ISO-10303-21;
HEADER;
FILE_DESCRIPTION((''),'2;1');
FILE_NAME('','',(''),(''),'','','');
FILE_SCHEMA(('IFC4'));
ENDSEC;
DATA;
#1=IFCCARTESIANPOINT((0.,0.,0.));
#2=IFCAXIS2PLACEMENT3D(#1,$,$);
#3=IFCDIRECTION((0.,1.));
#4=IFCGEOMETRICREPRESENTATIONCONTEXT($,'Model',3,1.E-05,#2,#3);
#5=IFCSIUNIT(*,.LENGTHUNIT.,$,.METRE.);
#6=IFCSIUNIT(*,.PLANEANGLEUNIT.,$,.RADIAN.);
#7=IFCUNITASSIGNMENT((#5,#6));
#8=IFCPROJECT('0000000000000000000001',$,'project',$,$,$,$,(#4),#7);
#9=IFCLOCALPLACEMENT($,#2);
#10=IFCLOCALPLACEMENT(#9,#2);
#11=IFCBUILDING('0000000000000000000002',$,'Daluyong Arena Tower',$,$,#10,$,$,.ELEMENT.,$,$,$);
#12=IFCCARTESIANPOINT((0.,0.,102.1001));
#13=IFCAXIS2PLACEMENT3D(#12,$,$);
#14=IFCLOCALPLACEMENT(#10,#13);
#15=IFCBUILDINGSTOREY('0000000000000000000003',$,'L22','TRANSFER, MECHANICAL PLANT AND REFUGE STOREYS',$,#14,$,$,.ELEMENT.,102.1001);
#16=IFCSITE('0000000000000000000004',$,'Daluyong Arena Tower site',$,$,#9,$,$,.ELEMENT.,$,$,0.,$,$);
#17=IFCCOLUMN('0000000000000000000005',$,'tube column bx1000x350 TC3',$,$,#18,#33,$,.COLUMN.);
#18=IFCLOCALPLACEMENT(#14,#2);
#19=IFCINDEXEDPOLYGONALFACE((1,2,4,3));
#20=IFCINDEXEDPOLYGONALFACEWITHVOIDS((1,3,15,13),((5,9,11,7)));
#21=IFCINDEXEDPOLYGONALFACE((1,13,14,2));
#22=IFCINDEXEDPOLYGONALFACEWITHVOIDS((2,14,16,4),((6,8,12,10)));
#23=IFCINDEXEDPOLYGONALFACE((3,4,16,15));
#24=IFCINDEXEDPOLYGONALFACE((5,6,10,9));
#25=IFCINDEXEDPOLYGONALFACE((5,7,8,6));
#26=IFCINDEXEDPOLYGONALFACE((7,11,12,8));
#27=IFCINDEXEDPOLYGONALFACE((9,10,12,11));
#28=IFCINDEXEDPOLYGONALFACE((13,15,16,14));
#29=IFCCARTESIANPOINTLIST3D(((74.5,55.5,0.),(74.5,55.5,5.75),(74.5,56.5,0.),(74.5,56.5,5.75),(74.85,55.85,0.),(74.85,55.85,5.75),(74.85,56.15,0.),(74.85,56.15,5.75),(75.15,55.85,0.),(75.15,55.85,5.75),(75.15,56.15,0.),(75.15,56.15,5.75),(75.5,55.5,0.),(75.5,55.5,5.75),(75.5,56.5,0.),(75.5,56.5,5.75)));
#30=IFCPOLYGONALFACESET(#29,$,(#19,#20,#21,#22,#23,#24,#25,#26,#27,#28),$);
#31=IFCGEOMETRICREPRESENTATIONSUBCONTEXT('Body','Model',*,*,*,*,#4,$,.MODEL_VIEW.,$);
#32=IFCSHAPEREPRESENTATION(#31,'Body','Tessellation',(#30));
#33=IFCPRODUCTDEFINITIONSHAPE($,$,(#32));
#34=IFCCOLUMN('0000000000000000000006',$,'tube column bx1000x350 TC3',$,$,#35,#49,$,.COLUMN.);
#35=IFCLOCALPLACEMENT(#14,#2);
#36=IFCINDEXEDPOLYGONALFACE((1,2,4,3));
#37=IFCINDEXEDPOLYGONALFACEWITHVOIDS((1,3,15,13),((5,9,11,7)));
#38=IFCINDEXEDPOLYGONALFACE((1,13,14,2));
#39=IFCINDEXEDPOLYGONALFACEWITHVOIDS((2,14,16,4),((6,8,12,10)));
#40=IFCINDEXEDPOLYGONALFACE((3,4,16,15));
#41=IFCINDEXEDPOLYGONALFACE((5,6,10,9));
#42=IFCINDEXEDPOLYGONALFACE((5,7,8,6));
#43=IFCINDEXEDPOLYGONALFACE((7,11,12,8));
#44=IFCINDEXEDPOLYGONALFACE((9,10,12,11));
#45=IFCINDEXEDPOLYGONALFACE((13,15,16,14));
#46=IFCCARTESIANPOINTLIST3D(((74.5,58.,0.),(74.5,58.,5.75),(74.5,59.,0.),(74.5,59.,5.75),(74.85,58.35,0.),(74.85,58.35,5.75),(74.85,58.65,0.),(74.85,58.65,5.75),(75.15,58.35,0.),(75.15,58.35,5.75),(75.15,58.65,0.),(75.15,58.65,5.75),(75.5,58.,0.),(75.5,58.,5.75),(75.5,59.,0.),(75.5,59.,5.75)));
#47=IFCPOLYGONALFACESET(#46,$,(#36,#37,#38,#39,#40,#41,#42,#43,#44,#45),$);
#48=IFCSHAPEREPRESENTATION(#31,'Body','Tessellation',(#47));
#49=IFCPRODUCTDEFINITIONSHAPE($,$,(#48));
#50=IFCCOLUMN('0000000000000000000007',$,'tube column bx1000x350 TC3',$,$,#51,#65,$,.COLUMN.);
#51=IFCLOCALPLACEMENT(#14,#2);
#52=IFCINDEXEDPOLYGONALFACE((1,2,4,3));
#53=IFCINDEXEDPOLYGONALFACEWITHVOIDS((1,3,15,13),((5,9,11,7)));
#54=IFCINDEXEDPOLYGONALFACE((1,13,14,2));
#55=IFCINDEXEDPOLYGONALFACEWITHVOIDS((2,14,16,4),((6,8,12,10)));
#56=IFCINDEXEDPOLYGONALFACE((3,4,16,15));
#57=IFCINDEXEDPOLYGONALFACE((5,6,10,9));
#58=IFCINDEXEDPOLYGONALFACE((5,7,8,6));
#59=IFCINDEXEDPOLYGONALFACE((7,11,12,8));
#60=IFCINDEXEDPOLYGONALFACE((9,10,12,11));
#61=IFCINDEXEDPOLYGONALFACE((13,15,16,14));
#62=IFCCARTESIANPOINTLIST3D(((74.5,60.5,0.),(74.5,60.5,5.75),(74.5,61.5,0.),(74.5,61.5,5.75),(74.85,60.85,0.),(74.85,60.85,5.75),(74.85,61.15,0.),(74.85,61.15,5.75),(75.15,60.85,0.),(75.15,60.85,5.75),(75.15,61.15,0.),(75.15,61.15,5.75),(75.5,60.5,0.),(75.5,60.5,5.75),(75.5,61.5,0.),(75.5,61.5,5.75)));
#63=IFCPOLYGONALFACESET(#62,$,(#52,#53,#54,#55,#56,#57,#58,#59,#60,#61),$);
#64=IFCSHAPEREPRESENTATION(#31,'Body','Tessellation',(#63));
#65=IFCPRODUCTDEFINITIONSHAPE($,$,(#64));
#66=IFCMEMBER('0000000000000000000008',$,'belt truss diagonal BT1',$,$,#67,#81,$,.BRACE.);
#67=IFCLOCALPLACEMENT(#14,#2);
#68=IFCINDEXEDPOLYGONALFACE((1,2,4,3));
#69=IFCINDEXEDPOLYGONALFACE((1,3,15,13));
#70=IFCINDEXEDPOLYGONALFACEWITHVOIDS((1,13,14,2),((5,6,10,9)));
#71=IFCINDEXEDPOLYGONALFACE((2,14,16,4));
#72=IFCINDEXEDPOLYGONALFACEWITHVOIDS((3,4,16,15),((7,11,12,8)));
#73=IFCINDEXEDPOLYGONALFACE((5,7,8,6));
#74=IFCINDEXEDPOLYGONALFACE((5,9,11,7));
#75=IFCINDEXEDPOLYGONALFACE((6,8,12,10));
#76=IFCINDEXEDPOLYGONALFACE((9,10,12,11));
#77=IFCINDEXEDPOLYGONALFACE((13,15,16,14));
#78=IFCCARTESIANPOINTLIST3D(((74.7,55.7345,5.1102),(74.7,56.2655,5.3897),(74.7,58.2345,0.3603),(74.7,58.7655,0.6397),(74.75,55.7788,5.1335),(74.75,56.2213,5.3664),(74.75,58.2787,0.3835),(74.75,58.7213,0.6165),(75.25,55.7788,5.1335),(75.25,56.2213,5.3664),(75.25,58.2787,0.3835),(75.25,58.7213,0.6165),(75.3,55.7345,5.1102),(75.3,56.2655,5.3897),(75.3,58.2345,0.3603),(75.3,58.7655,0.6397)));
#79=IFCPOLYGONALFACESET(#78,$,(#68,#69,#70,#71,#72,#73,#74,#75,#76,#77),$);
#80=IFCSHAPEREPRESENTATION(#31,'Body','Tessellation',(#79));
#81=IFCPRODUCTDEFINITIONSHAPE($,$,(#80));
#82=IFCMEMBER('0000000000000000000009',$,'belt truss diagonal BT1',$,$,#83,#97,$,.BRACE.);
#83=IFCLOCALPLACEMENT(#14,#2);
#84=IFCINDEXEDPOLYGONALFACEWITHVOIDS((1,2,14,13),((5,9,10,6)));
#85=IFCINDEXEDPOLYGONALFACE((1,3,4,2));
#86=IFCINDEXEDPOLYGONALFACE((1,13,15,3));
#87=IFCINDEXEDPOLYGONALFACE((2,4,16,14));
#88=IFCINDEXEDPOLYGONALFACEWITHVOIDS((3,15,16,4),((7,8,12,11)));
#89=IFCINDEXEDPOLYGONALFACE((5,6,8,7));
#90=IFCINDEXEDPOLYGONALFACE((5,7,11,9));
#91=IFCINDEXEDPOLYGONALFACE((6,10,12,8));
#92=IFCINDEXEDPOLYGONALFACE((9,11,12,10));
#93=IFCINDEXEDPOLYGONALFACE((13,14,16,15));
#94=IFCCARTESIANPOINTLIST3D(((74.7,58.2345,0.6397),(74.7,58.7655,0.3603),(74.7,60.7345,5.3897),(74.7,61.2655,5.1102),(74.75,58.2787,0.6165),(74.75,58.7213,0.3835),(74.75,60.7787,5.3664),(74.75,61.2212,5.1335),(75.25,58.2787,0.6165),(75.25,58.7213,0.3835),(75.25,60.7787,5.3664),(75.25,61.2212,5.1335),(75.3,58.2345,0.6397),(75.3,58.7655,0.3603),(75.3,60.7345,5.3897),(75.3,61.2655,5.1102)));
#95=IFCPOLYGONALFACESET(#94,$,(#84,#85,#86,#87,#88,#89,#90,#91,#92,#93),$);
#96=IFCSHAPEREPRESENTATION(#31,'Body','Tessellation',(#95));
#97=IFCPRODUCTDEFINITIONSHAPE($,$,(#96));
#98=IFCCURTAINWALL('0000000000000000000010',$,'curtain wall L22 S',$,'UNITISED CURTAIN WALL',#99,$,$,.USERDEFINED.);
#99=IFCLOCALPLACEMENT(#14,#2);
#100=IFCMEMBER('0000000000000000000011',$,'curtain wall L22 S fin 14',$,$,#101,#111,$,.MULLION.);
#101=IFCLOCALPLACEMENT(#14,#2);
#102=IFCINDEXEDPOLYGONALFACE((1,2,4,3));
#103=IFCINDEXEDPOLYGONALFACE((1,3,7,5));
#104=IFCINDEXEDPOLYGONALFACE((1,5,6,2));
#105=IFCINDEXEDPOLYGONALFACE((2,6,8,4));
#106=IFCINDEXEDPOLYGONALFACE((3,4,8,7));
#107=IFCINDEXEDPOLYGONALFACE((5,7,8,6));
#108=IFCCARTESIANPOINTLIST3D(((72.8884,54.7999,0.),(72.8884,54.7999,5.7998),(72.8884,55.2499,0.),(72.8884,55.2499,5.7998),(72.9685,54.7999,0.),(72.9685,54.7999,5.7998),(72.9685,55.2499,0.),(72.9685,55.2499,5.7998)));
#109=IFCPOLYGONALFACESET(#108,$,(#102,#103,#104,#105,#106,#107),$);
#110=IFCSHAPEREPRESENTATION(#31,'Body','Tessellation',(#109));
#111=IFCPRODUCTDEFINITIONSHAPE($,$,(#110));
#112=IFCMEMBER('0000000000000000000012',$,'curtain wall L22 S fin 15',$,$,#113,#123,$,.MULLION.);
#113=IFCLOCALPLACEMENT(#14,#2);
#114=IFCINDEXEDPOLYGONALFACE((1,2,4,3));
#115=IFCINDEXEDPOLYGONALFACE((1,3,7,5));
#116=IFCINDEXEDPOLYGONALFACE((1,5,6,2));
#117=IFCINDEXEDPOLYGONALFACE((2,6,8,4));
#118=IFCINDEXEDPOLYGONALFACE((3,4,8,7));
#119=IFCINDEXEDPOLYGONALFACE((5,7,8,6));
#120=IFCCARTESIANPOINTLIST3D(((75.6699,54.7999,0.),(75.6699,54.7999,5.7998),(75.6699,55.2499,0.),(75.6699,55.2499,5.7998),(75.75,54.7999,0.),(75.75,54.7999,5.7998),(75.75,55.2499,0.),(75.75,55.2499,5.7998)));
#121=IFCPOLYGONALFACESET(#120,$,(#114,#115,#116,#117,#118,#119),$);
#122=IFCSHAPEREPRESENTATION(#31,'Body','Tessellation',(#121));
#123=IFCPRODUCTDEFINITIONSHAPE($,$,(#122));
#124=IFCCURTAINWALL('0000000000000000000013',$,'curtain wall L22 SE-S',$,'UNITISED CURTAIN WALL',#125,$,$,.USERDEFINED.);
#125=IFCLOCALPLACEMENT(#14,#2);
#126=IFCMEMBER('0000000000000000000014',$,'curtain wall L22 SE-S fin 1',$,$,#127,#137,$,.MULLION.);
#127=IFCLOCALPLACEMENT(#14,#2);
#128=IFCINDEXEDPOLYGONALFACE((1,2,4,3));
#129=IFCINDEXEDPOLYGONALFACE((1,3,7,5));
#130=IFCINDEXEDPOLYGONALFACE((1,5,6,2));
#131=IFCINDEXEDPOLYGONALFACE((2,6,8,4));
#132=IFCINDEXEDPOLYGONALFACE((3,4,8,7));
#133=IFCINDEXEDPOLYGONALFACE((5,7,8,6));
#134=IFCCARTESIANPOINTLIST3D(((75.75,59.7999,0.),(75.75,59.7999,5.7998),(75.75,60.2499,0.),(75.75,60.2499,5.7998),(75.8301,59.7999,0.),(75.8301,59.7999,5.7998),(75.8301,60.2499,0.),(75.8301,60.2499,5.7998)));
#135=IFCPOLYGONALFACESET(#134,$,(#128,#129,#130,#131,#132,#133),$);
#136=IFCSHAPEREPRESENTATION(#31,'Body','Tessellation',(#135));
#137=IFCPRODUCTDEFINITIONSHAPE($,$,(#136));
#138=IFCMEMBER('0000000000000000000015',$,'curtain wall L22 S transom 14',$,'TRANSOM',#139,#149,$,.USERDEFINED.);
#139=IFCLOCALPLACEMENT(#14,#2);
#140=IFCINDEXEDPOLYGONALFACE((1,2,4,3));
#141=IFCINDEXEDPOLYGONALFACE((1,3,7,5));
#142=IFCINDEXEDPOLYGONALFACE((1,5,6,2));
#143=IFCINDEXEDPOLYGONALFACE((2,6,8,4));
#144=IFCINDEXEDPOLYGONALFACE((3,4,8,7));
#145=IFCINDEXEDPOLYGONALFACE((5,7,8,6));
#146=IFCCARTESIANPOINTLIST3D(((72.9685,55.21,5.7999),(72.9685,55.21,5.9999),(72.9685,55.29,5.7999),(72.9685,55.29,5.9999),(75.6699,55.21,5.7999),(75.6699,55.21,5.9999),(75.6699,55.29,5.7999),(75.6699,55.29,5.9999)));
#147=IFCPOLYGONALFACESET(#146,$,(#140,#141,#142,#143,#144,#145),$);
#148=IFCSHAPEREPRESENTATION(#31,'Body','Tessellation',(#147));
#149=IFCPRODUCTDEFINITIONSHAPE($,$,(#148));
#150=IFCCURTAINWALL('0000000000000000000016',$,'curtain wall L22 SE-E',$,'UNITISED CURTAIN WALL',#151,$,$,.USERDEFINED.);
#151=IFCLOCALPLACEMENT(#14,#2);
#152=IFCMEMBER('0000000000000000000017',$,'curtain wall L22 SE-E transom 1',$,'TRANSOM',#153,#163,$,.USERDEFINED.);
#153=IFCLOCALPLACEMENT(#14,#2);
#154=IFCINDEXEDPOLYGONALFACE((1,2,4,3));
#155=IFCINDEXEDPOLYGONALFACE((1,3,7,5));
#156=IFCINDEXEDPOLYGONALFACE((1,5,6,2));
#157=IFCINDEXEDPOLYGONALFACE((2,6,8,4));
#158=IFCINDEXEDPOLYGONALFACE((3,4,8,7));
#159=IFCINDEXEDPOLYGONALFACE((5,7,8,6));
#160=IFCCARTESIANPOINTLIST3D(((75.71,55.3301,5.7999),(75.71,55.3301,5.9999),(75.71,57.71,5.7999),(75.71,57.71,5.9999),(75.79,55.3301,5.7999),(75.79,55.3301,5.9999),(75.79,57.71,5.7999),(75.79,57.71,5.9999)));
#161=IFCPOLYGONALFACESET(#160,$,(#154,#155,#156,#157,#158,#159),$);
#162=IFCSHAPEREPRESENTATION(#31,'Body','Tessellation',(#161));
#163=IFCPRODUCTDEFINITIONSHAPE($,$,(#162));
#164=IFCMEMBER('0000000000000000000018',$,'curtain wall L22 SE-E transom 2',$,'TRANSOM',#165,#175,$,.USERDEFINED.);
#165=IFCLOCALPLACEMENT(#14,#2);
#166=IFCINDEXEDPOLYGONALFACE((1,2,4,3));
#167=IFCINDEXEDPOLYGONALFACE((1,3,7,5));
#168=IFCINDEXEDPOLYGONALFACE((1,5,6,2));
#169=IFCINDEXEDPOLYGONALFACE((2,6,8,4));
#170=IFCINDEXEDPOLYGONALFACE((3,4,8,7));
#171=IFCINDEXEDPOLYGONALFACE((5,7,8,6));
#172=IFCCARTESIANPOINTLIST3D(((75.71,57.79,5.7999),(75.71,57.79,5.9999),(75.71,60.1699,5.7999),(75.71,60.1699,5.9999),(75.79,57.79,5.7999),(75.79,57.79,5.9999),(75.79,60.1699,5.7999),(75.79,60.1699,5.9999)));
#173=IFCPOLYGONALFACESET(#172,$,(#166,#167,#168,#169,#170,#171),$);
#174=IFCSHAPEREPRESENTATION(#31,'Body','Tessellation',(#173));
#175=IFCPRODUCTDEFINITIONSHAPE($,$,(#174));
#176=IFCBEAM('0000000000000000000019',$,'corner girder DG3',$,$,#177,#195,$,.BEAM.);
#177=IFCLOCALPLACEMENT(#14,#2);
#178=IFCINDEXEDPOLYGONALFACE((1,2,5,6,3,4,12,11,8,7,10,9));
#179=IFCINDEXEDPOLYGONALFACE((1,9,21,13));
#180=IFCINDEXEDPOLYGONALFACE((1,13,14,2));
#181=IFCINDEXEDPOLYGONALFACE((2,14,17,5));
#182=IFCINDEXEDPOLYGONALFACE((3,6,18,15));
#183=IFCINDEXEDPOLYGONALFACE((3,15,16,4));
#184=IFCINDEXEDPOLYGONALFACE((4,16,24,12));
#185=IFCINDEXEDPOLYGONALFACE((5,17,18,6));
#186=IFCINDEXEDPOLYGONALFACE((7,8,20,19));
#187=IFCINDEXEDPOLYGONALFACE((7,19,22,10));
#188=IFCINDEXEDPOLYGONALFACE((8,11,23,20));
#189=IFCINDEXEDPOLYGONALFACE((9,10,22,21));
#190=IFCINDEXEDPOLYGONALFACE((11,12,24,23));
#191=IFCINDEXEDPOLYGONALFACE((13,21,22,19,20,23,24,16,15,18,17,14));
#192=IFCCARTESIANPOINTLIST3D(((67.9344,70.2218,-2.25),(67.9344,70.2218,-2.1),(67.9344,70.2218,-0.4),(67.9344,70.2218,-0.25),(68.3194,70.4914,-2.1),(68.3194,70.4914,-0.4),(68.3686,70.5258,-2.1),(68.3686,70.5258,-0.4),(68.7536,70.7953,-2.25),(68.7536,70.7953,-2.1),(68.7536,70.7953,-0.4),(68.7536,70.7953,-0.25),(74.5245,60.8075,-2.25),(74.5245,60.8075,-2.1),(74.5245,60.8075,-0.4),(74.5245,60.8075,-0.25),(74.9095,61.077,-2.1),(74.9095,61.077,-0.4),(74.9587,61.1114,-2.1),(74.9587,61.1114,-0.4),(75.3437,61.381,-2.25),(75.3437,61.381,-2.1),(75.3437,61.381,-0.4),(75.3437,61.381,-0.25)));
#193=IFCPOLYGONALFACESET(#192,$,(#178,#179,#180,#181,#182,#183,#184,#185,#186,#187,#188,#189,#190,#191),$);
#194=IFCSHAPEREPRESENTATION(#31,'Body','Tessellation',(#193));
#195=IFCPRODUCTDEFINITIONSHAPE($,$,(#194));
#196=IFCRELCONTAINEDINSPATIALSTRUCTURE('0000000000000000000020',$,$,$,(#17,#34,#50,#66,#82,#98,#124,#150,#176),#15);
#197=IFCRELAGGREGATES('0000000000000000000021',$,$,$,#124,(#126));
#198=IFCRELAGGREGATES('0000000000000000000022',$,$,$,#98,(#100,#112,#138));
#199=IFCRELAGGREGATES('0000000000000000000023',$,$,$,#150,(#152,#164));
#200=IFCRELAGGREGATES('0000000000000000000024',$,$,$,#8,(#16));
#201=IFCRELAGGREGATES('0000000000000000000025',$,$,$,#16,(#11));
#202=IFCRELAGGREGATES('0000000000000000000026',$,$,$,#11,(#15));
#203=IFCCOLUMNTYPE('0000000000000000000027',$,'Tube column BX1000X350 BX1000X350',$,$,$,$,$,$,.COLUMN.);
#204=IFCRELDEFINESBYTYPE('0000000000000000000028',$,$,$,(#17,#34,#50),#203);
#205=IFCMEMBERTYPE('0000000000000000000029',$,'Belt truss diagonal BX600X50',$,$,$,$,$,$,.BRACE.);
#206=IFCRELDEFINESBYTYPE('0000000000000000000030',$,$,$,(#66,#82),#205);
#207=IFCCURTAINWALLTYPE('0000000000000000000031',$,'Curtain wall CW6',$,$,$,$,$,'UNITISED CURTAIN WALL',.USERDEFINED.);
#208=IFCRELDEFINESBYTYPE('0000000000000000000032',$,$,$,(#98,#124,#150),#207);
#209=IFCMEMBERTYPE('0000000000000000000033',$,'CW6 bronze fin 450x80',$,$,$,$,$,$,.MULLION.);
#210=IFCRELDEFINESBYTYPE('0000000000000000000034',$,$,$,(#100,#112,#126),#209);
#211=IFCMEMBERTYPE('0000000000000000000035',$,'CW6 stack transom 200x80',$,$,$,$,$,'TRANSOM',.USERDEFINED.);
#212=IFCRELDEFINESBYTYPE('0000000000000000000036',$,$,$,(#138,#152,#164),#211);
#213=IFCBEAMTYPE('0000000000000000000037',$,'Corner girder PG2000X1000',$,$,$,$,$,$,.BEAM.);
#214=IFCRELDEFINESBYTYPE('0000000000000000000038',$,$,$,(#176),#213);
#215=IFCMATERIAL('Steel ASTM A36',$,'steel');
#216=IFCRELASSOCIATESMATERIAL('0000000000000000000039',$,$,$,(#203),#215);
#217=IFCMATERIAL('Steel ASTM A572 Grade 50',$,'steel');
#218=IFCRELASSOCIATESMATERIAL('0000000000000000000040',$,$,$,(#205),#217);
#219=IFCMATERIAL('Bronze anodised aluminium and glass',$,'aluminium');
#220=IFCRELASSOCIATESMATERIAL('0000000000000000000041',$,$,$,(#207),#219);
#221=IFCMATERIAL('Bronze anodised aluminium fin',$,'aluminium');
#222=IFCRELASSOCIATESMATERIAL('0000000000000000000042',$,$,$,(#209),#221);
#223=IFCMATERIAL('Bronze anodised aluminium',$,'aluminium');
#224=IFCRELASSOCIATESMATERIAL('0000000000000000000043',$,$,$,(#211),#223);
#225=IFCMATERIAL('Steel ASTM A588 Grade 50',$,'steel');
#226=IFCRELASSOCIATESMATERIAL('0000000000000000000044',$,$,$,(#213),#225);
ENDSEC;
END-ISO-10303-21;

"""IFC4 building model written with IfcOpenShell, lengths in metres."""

from ifc_helpers import new_model, si_unit, direction, frame, origin, origin_2d, place, context, subcontext, project, spatial, rectangle, hollow_rectangle, i_section, extrude, material, material_profile, profile_set, type_object, element, aggregate, save


model = new_model("IFC4")

# Units and contexts
model_context = context("Model", 3, precision=1e-05, world=origin(), true_north=direction((0.0, 1.0)))
body_context = subcontext(model_context, "Body", "Model", "MODEL_VIEW")
ifc_project = project(units=[si_unit("LENGTHUNIT", "METRE"), si_unit("PLANEANGLEUNIT", "RADIAN")], contexts=[model_context])

# Site, building, storey
site_placement = place(None, origin())
site = spatial("IfcSite", under=ifc_project, at=site_placement, Name="Daluyong Arena Tower site", CompositionType="ELEMENT", RefElevation=0.0)
building_placement = place(site_placement, origin())
building = spatial("IfcBuilding", under=site, at=building_placement, Name="Daluyong Arena Tower", CompositionType="ELEMENT")
storey_placement = place(building_placement, frame((0.0, 0.0, 102.1001)))
storey = spatial("IfcBuildingStorey", under=building, at=storey_placement, Name="L22", Description="TRANSFER, MECHANICAL PLANT AND REFUGE STOREYS", CompositionType="ELEMENT", Elevation=102.1001)

# Columns
ifc_material_1 = material(Name="Steel ASTM A36", Category="steel")
ifc_material_profile_1 = material_profile(ifc_material_1, hollow_rectangle(XDim=1.0, YDim=1.0, WallThickness=0.35, at=origin_2d()))
ifc_profile_set_1 = profile_set([ifc_material_profile_1], Name="Steel ASTM A36")
column_type = type_object("IfcColumnType", Name="Tube column BX1000X350 BX1000X350", PredefinedType="COLUMN", material=ifc_profile_set_1)
for number, where, z_axis, x_axis, name in (
    (1, (75.0, 56.0, 0.0), (0.0, 0.0, 1.0), (0.0, 1.0, 0.0), "tube column bx1000x350 TC3"),
    (2, (75.0, 58.5, 0.0), (0.0, 0.0, 1.0), (0.0, 1.0, 0.0), "tube column bx1000x350 TC3"),
    (3, (75.0, 61.0, 0.0), (0.0, 0.0, 1.0), (1.0, 0.0, 0.0), "tube column bx1000x350 TC3"),
):
    element("IfcColumn", number, at=place(storey_placement, frame(where, z_axis=z_axis, x_axis=x_axis)), inside=storey, type_object=column_type, Name=name, PredefinedType="COLUMN", context=body_context, shape_type="SweptSolid", body=[
        extrude(hollow_rectangle(XDim=1.0, YDim=1.0, WallThickness=0.35, at=origin_2d()), origin(), (0.0, 0.0, 1.0), 5.75),
    ])

# Members
ifc_material_2 = material(Name="Steel ASTM A572 Grade 50", Category="steel")
ifc_material_profile_2 = material_profile(ifc_material_2, hollow_rectangle(XDim=0.6001, YDim=0.6001, WallThickness=0.05, at=origin_2d()))
ifc_profile_set_2 = profile_set([ifc_material_profile_2], Name="Steel ASTM A572 Grade 50")
member_type_1 = type_object("IfcMemberType", Name="Belt truss diagonal BX600X50", PredefinedType="BRACE", material=ifc_profile_set_2)
for number, where, z_axis, x_axis, name in (
    (4, (75.0, 58.5, 0.5), (0.0, -0.465746, 0.884918), (1.0, 0.0, 0.0), "belt truss diagonal BT1"),
    (5, (75.0, 58.5, 0.5), (0.0, 0.465746, 0.884918), (-1.0, 0.0, 0.0), "belt truss diagonal BT1"),
):
    element("IfcMember", number, at=place(storey_placement, frame(where, z_axis=z_axis, x_axis=x_axis)), inside=storey, type_object=member_type_1, Name=name, PredefinedType="BRACE", context=body_context, shape_type="SweptSolid", body=[
        extrude(hollow_rectangle(XDim=0.6001, YDim=0.6001, WallThickness=0.05, at=origin_2d()), origin(), (0.0, 0.0, 1.0), 5.3677),
    ])

# Curtain wall, members
ifc_material_3 = material(Name="Bronze anodised aluminium and glass", Category="aluminium")
curtain_wall_type = type_object("IfcCurtainWallType", Name="Curtain wall CW6", ElementType="UNITISED CURTAIN WALL", PredefinedType="USERDEFINED", material=ifc_material_3)
curtain_wall_1_placement = place(storey_placement, origin())
curtain_wall_1 = element("IfcCurtainWall", 6, at=curtain_wall_1_placement, inside=storey, type_object=curtain_wall_type, Name="curtain wall L22 S", ObjectType="UNITISED CURTAIN WALL", PredefinedType="USERDEFINED")
ifc_material_4 = material(Name="Bronze anodised aluminium fin", Category="aluminium")
ifc_material_profile_3 = material_profile(ifc_material_4, rectangle(XDim=0.45, YDim=0.0801, at=origin_2d()))
ifc_profile_set_3 = profile_set([ifc_material_profile_3], Name="Bronze anodised aluminium fin")
member_type_2 = type_object("IfcMemberType", Name="CW6 bronze fin 450x80", PredefinedType="MULLION", material=ifc_profile_set_3)
member_1_placement = place(storey_placement, frame((72.9285, 55.0249, 0.0), z_axis=(0.0, 0.0, 1.0), x_axis=(0.0, 1.0, 0.0)))
member_1 = element("IfcMember", 7, at=member_1_placement, type_object=member_type_2, Name="curtain wall L22 S fin 14", PredefinedType="MULLION", context=body_context, shape_type="SweptSolid", body=[
    extrude(rectangle(XDim=0.45, YDim=0.0801, at=origin_2d()), origin(), (0.0, 0.0, 1.0), 5.7998),
])
member_2_placement = place(storey_placement, frame((75.71, 55.0249, 0.0), z_axis=(0.0, 0.0, 1.0), x_axis=(0.0, 1.0, 0.0)))
member_2 = element("IfcMember", 8, at=member_2_placement, type_object=member_type_2, Name="curtain wall L22 S fin 15", PredefinedType="MULLION", context=body_context, shape_type="SweptSolid", body=[
    extrude(rectangle(XDim=0.45, YDim=0.0801, at=origin_2d()), origin(), (0.0, 0.0, 1.0), 5.7998),
])

# Curtain wall, member
curtain_wall_2_placement = place(storey_placement, origin())
curtain_wall_2 = element("IfcCurtainWall", 9, at=curtain_wall_2_placement, inside=storey, type_object=curtain_wall_type, Name="curtain wall L22 SE-S", ObjectType="UNITISED CURTAIN WALL", PredefinedType="USERDEFINED")
member_3_placement = place(storey_placement, frame((75.79, 60.0249, 0.0), z_axis=(0.0, 0.0, 1.0), x_axis=(0.0, 1.0, 0.0)))
member_3 = element("IfcMember", 10, at=member_3_placement, type_object=member_type_2, Name="curtain wall L22 SE-S fin 1", PredefinedType="MULLION", context=body_context, shape_type="SweptSolid", body=[
    extrude(rectangle(XDim=0.45, YDim=0.0801, at=origin_2d()), origin(), (0.0, 0.0, 1.0), 5.7998),
])
aggregate(curtain_wall_2, [member_3])

# Member
ifc_material_5 = material(Name="Bronze anodised aluminium", Category="aluminium")
ifc_material_profile_4 = material_profile(ifc_material_5, rectangle(XDim=0.0801, YDim=0.2, at=origin_2d()))
ifc_profile_set_4 = profile_set([ifc_material_profile_4], Name="Bronze anodised aluminium")
member_type_3 = type_object("IfcMemberType", Name="CW6 stack transom 200x80", ElementType="TRANSOM", PredefinedType="USERDEFINED", material=ifc_profile_set_4)
member_4_placement = place(storey_placement, frame((72.9685, 55.25, 5.8999), z_axis=(1.0, 0.0, 0.0), x_axis=(0.0, 1.0, 0.0)))
member_4 = element("IfcMember", 11, at=member_4_placement, type_object=member_type_3, Name="curtain wall L22 S transom 14", ObjectType="TRANSOM", PredefinedType="USERDEFINED", context=body_context, shape_type="SweptSolid", body=[
    extrude(rectangle(XDim=0.0801, YDim=0.2, at=origin_2d()), origin(), (0.0, 0.0, 1.0), 2.7014),
])

# Curtain wall, members
curtain_wall_3_placement = place(storey_placement, origin())
curtain_wall_3 = element("IfcCurtainWall", 12, at=curtain_wall_3_placement, inside=storey, type_object=curtain_wall_type, Name="curtain wall L22 SE-E", ObjectType="UNITISED CURTAIN WALL", PredefinedType="USERDEFINED")
member_5_placement = place(storey_placement, frame((75.75, 55.3301, 5.8999), z_axis=(0.0, 1.0, 0.0), x_axis=(-1.0, 0.0, 0.0)))
member_5 = element("IfcMember", 13, at=member_5_placement, type_object=member_type_3, Name="curtain wall L22 SE-E transom 1", ObjectType="TRANSOM", PredefinedType="USERDEFINED", context=body_context, shape_type="SweptSolid", body=[
    extrude(rectangle(XDim=0.0801, YDim=0.2, at=origin_2d()), origin(), (0.0, 0.0, 1.0), 2.3799),
])
member_6_placement = place(storey_placement, frame((75.75, 57.79, 5.8999), z_axis=(0.0, 1.0, 0.0), x_axis=(-1.0, 0.0, 0.0)))
member_6 = element("IfcMember", 14, at=member_6_placement, type_object=member_type_3, Name="curtain wall L22 SE-E transom 2", ObjectType="TRANSOM", PredefinedType="USERDEFINED", context=body_context, shape_type="SweptSolid", body=[
    extrude(rectangle(XDim=0.0801, YDim=0.2, at=origin_2d()), origin(), (0.0, 0.0, 1.0), 2.3799),
])

# Beam
ifc_material_6 = material(Name="Steel ASTM A588 Grade 50", Category="steel")
ifc_material_profile_5 = material_profile(ifc_material_6, i_section(OverallWidth=1.0, OverallDepth=2.0, WebThickness=0.06, FlangeThickness=0.15, at=origin_2d()))
ifc_profile_set_5 = profile_set([ifc_material_profile_5], Name="Steel ASTM A588 Grade 50")
beam_type_1 = type_object("IfcBeamType", Name="Corner girder PG2000X1000", PredefinedType="BEAM", material=ifc_profile_set_5)
beam_1_placement = place(storey_placement, frame((74.9341, 61.0942, -1.25), z_axis=(-0.573467, 0.819229, 0.0), x_axis=(-0.819229, -0.573467, 0.0)))
element("IfcBeam", 15, at=beam_1_placement, inside=storey, type_object=beam_type_1, Name="corner girder DG3", PredefinedType="BEAM", context=body_context, shape_type="SweptSolid", body=[
    extrude(i_section(OverallWidth=1.0, OverallDepth=2.0, WebThickness=0.06, FlangeThickness=0.15, at=origin_2d()), origin(), (0.0, 0.0, 1.0), 11.4917),
])

aggregate(curtain_wall_1, [member_1, member_2, member_4])
aggregate(curtain_wall_3, [member_5, member_6])

save(model, "model.ifc")
